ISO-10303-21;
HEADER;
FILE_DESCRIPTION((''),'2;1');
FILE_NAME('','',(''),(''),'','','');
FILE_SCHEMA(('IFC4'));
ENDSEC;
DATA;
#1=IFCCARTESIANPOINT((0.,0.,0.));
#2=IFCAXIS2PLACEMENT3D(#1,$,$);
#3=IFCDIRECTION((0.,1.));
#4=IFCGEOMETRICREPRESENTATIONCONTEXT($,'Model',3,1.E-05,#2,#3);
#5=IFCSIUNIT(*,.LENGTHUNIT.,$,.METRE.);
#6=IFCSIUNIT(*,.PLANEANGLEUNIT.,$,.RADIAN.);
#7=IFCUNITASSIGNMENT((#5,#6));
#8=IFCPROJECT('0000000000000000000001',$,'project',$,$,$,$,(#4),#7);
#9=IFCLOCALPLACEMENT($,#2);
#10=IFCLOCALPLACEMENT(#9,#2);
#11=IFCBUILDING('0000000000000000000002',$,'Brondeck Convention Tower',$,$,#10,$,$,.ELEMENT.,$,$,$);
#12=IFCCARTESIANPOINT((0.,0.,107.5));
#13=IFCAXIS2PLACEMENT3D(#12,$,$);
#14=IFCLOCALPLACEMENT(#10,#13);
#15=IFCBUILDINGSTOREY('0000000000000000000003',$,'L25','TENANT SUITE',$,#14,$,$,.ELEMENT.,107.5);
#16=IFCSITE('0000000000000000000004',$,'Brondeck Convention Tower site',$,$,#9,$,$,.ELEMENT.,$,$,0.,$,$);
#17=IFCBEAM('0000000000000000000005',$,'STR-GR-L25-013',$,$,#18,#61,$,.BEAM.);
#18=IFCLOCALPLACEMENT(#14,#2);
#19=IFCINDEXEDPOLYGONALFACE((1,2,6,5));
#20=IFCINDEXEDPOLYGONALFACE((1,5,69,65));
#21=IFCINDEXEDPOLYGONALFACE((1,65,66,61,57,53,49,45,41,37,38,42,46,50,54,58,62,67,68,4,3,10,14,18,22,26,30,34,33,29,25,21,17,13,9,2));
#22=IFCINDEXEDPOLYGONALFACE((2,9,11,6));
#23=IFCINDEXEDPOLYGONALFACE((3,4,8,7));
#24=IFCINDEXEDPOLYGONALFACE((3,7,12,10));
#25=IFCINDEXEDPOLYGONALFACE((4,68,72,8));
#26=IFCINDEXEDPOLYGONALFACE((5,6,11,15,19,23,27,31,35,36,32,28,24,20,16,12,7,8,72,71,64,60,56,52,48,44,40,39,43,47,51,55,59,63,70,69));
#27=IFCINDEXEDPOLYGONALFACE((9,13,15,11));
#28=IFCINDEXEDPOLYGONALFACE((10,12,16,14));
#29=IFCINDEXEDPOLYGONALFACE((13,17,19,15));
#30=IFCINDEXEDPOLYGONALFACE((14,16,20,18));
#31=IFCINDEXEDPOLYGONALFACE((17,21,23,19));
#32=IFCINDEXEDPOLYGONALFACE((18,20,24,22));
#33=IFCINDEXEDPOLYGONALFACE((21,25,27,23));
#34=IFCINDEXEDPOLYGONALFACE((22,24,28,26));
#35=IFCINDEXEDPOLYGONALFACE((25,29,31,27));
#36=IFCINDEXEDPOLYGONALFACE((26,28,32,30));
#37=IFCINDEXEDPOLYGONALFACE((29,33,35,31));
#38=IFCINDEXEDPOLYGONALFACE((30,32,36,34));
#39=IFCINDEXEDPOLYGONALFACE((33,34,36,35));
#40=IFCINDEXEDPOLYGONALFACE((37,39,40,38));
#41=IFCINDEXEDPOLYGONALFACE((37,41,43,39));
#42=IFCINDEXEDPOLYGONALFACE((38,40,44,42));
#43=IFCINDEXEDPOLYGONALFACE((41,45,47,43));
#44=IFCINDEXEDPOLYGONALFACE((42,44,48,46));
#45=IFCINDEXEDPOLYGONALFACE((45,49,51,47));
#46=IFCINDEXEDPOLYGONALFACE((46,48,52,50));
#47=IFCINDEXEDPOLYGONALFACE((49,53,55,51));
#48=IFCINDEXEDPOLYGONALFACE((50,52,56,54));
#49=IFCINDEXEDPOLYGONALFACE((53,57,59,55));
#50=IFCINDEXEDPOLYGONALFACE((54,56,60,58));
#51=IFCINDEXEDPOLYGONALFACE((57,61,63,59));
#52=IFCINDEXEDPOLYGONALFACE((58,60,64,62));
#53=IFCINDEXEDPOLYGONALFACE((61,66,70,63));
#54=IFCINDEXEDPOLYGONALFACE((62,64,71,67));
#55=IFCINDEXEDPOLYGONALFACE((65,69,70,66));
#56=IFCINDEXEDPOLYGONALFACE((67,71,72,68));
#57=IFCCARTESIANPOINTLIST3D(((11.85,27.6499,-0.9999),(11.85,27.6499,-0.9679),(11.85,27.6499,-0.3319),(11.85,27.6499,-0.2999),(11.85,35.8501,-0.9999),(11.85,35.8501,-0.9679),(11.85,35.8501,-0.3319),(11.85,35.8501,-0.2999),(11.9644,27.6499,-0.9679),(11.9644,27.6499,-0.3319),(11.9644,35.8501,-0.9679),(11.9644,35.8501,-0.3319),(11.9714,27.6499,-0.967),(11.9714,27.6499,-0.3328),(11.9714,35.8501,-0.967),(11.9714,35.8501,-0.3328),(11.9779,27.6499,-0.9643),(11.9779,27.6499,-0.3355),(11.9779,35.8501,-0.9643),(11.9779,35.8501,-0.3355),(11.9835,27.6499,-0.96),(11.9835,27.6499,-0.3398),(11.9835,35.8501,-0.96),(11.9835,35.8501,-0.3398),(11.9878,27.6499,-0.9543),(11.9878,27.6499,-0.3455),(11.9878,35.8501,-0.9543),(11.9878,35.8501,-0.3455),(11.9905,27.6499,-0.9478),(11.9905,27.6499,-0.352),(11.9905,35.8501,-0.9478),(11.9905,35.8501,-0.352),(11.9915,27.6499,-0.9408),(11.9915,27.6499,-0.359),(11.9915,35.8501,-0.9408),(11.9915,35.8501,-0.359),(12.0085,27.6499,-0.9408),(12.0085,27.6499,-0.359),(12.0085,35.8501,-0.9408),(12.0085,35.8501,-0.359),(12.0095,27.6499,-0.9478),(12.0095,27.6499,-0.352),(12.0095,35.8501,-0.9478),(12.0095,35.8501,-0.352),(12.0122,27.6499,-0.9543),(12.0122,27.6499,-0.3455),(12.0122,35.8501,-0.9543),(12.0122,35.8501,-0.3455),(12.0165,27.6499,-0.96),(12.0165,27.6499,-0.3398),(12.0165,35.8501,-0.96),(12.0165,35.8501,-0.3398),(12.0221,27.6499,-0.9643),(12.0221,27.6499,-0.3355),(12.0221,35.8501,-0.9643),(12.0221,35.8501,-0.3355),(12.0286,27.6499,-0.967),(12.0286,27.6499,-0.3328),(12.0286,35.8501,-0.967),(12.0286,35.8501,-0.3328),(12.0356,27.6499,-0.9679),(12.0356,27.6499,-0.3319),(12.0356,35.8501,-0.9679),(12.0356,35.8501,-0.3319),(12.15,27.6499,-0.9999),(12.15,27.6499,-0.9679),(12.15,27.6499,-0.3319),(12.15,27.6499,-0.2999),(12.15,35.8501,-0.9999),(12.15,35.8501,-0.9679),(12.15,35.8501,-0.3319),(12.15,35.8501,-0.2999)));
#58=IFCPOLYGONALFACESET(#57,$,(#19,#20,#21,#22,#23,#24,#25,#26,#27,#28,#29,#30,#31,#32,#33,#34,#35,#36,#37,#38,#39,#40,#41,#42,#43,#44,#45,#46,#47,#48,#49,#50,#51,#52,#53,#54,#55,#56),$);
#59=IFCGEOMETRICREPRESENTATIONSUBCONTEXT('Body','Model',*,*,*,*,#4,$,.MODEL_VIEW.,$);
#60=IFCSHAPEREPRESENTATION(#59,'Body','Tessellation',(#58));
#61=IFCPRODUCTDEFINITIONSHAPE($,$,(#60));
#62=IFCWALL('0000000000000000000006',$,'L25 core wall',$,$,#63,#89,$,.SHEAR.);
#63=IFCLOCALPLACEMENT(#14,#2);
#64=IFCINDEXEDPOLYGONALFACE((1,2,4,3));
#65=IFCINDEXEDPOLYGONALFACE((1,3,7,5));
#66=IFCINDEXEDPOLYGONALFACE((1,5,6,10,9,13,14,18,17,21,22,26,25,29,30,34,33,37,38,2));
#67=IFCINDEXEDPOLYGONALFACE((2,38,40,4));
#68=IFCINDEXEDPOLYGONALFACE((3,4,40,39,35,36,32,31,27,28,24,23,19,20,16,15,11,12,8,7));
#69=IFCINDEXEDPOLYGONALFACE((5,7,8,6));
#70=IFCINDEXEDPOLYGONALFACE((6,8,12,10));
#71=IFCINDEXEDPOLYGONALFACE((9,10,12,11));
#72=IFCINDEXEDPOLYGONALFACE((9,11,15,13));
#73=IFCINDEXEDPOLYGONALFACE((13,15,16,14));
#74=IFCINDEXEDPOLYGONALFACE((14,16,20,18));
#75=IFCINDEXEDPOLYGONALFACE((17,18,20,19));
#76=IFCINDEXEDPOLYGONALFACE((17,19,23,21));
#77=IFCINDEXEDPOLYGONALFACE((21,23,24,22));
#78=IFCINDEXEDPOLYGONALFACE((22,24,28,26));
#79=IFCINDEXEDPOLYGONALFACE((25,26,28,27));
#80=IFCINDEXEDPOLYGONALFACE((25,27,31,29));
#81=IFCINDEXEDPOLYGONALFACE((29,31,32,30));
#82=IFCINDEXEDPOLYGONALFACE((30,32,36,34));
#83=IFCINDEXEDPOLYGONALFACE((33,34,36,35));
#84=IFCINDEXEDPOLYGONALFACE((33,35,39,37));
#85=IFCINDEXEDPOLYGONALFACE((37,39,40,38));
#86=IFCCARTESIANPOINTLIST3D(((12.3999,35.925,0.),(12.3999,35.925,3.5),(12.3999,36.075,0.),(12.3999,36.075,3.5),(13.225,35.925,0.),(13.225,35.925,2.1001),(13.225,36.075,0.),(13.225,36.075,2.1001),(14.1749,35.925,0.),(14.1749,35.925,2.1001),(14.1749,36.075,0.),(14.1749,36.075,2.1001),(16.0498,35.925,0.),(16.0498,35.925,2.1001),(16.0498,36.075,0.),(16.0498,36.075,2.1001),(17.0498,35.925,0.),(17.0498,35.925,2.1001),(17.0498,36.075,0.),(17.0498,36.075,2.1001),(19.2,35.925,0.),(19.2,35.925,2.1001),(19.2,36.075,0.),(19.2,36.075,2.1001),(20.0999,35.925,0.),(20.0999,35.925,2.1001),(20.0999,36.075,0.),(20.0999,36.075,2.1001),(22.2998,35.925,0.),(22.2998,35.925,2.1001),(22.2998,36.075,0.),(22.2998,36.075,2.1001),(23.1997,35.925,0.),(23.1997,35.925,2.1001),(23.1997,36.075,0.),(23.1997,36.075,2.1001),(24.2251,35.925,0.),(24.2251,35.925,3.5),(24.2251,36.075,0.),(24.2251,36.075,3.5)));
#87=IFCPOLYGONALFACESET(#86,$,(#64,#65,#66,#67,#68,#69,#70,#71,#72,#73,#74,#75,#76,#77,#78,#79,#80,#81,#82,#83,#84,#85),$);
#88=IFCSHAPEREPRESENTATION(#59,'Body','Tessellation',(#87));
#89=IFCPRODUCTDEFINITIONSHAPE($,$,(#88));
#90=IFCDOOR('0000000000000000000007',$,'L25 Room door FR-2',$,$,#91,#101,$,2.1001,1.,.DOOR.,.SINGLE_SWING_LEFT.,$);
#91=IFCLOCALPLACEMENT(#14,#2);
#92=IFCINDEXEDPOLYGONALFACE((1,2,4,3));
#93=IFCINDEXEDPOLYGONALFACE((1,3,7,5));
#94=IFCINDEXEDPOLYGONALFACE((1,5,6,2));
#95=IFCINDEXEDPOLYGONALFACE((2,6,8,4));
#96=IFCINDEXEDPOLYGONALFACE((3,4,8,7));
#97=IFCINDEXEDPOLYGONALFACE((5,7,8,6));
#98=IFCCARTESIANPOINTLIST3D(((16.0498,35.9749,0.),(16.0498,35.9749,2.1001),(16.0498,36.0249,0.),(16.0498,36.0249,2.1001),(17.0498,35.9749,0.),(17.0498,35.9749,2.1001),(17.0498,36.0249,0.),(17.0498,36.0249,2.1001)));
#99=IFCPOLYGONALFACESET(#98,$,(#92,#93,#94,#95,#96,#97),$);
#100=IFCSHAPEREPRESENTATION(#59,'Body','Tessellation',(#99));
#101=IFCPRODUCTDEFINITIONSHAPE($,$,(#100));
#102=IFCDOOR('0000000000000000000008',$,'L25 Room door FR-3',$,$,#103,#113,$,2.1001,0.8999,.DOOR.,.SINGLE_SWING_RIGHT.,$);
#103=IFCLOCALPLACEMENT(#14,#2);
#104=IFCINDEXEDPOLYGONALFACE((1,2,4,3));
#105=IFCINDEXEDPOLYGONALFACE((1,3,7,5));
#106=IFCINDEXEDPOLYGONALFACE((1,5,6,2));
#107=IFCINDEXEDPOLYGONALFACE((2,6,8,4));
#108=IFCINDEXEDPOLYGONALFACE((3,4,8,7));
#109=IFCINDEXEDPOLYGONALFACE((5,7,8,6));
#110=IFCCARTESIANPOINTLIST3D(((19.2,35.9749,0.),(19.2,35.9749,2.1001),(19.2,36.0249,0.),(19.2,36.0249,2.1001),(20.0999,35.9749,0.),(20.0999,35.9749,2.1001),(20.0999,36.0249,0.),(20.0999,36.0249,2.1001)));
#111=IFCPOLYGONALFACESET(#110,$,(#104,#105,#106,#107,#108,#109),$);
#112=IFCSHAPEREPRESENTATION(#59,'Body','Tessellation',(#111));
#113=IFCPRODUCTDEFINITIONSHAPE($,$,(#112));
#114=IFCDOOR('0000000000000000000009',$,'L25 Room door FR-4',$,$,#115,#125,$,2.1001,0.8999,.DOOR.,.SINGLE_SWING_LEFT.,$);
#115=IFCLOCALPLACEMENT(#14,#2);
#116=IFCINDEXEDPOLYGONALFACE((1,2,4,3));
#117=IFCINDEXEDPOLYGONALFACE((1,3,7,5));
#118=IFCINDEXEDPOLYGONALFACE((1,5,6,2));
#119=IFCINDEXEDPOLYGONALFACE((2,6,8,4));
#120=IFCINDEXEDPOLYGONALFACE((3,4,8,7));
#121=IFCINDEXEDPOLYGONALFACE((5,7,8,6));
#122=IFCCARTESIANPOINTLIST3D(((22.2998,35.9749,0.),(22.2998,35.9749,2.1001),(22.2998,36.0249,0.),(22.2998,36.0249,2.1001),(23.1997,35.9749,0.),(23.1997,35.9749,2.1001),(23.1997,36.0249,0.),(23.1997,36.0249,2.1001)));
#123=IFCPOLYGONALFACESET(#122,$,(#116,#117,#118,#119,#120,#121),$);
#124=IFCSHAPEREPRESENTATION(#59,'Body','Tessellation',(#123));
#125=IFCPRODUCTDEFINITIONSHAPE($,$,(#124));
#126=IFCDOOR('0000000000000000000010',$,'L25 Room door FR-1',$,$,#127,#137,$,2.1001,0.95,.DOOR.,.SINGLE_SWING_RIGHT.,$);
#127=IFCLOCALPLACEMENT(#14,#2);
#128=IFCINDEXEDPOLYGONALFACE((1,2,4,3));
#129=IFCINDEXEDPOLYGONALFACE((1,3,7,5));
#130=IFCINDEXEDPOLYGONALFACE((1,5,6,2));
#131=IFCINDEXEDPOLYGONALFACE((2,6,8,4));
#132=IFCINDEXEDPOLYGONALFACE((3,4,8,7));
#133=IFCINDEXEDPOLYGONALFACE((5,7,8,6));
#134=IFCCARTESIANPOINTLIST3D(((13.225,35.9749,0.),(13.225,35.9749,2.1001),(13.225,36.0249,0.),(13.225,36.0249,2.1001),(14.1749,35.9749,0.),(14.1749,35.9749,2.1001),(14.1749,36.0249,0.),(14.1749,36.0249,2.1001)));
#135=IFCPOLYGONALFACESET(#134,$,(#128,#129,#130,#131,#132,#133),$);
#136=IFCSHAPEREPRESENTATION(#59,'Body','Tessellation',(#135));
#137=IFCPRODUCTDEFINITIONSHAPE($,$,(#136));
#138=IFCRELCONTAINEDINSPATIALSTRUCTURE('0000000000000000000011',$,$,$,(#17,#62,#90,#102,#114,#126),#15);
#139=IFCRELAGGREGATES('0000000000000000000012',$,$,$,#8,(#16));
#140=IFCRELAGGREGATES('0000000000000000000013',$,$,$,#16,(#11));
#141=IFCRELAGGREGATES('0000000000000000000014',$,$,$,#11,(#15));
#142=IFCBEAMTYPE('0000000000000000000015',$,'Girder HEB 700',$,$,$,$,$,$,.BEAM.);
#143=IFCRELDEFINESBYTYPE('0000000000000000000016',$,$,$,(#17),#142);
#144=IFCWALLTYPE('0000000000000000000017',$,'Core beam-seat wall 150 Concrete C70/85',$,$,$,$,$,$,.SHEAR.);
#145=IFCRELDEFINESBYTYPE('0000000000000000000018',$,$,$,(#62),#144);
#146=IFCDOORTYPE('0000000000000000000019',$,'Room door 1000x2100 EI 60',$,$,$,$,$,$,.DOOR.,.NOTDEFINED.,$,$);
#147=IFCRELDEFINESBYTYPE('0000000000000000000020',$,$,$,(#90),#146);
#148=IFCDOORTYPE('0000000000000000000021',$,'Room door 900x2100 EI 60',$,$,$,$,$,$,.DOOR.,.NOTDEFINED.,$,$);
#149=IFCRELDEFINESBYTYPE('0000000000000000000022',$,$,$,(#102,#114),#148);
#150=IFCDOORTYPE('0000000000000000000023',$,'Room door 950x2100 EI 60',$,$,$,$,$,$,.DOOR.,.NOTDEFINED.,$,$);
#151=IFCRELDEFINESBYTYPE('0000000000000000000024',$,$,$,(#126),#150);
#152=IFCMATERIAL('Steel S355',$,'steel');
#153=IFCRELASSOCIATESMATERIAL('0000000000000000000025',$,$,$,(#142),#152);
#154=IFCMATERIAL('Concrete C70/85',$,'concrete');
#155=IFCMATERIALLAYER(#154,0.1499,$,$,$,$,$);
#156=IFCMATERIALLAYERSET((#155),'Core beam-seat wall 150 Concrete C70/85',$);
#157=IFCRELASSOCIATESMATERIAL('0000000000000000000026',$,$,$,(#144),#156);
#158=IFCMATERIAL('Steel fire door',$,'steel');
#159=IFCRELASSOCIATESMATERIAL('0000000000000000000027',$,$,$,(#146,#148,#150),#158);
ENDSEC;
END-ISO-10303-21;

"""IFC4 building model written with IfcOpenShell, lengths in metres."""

from ifc_helpers import new_model, si_unit, direction, frame, frame_2d, origin, origin_2d, place, context, subcontext, project, spatial, rectangle, i_section, extrude, material, layer, layer_set, material_profile, profile_set, type_object, element, fill, save


model = new_model("IFC4")

# Units and contexts
model_context = context("Model", 3, precision=1e-05, world=origin(), true_north=direction((0.0, 1.0)))
body_context = subcontext(model_context, "Body", "Model", "MODEL_VIEW")
ifc_project = project(units=[si_unit("LENGTHUNIT", "METRE"), si_unit("PLANEANGLEUNIT", "RADIAN")], contexts=[model_context])

# Site, building, storey
site_placement = place(None, origin())
site = spatial("IfcSite", under=ifc_project, at=site_placement, Name="Brondeck Convention Tower site", CompositionType="ELEMENT", RefElevation=0.0)
building_placement = place(site_placement, origin())
building = spatial("IfcBuilding", under=site, at=building_placement, Name="Brondeck Convention Tower", CompositionType="ELEMENT")
storey_placement = place(building_placement, frame((0.0, 0.0, 107.5)))
storey = spatial("IfcBuildingStorey", under=building, at=storey_placement, Name="L25", Description="TENANT SUITE", CompositionType="ELEMENT", Elevation=107.5)

# Beam
ifc_material_1 = material(Name="Steel S355", Category="steel")
ifc_material_profile = material_profile(ifc_material_1, i_section(OverallWidth=0.3, OverallDepth=0.7, WebThickness=0.0171, FlangeThickness=0.032, FilletRadius=0.0271, at=origin_2d()), Name="HEB 700")
ifc_profile_set = profile_set([ifc_material_profile], Name="Steel S355")
beam_type = type_object("IfcBeamType", Name="Girder HEB 700", PredefinedType="BEAM", material=ifc_profile_set)
beam_placement = place(storey_placement, frame((12.0, 35.8501, -0.6499), z_axis=(0.0, -1.0, 0.0), x_axis=(1.0, 0.0, 0.0)))
element("IfcBeam", 1, at=beam_placement, inside=storey, type_object=beam_type, Name="STR-GR-L25-013", PredefinedType="BEAM", context=body_context, shape_type="SweptSolid", body=[
    extrude(i_section(OverallWidth=0.3, OverallDepth=0.7, WebThickness=0.0171, FlangeThickness=0.032, FilletRadius=0.0271, at=origin_2d()), origin(), (0.0, 0.0, 1.0), 8.2002),
])

# Wall, openings, doors
ifc_material_2 = material(Name="Concrete C70/85", Category="concrete")
ifc_layer_1 = layer(ifc_material_2, 0.1499)
ifc_layer_set_1 = layer_set([ifc_layer_1], Name="Core beam-seat wall 150 Concrete C70/85")
wall_type_1 = type_object("IfcWallType", Name="Core beam-seat wall 150 Concrete C70/85", PredefinedType="SHEAR", material=ifc_layer_set_1)
wall_1_placement = place(storey_placement, frame((12.3999, 36.0, 0.0), z_axis=(0.0, 0.0, 1.0), x_axis=(1.0, 0.0, 0.0)))
wall_1 = element("IfcWall", 2, at=wall_1_placement, inside=storey, type_object=wall_type_1, Name="L25 core wall", PredefinedType="SHEAR", context=body_context, shape_type="SweptSolid", body=[
    extrude(rectangle(XDim=11.8252, YDim=0.1499, at=frame_2d((5.9126, 0.0))), origin(), (0.0, 0.0, 1.0), 3.5),
])
opening_1_placement = place(wall_1_placement, frame((0.825, 0.0, 0.0)))
opening_1 = element("IfcOpeningElement", 3, at=opening_1_placement, cuts=wall_1, PredefinedType="OPENING", context=body_context, shape_type="SweptSolid", body=[
    extrude(rectangle(XDim=0.95, YDim=2.1001, at=frame_2d((0.4751, 1.05))), frame((0.0, 0.085, 0.0), z_axis=(0.0, -1.0, 0.0), x_axis=(1.0, 0.0, 0.0)), (0.0, 0.0, 1.0), 0.1699),
])
opening_2_placement = place(wall_1_placement, frame((3.6499, 0.0, 0.0)))
opening_2 = element("IfcOpeningElement", 4, at=opening_2_placement, cuts=wall_1, PredefinedType="OPENING", context=body_context, shape_type="SweptSolid", body=[
    extrude(rectangle(XDim=1.0, YDim=2.1001, at=frame_2d((0.5, 1.05))), frame((0.0, 0.085, 0.0), z_axis=(0.0, -1.0, 0.0), x_axis=(1.0, 0.0, 0.0)), (0.0, 0.0, 1.0), 0.1699),
])
opening_3_placement = place(wall_1_placement, frame((6.8, 0.0, 0.0)))
opening_3 = element("IfcOpeningElement", 5, at=opening_3_placement, cuts=wall_1, PredefinedType="OPENING", context=body_context, shape_type="SweptSolid", body=[
    extrude(rectangle(XDim=0.8999, YDim=2.1001, at=frame_2d((0.45, 1.05))), frame((0.0, 0.085, 0.0), z_axis=(0.0, -1.0, 0.0), x_axis=(1.0, 0.0, 0.0)), (0.0, 0.0, 1.0), 0.1699),
])
opening_4_placement = place(wall_1_placement, frame((9.8999, 0.0, 0.0)))
opening_4 = element("IfcOpeningElement", 6, at=opening_4_placement, cuts=wall_1, PredefinedType="OPENING", context=body_context, shape_type="SweptSolid", body=[
    extrude(rectangle(XDim=0.8999, YDim=2.1001, at=frame_2d((0.45, 1.05))), frame((0.0, 0.085, 0.0), z_axis=(0.0, -1.0, 0.0), x_axis=(1.0, 0.0, 0.0)), (0.0, 0.0, 1.0), 0.1699),
])
ifc_material_3 = material(Name="Steel fire door", Category="steel")
door_type_1 = type_object("IfcDoorType", Name="Room door 1000x2100 EI 60", OperationType="NOTDEFINED", PredefinedType="DOOR", material=ifc_material_3)
door_1_placement = place(opening_2_placement, origin())
door_1 = element("IfcDoor", 7, at=door_1_placement, inside=storey, type_object=door_type_1, Name="L25 Room door FR-2", OperationType="SINGLE_SWING_LEFT", OverallHeight=2.1001, OverallWidth=1.0, PredefinedType="DOOR", context=body_context, shape_type="SweptSolid", body=[
    extrude(rectangle(XDim=1.0, YDim=2.1001, at=frame_2d((0.5, 1.05))), frame((0.0, 0.0249, 0.0), z_axis=(0.0, -1.0, 0.0), x_axis=(1.0, 0.0, 0.0)), (0.0, 0.0, 1.0), 0.05),
])
fill(opening_2, door_1)
door_type_2 = type_object("IfcDoorType", Name="Room door 900x2100 EI 60", OperationType="NOTDEFINED", PredefinedType="DOOR", material=ifc_material_3)
door_2_placement = place(opening_3_placement, origin())
door_2 = element("IfcDoor", 8, at=door_2_placement, inside=storey, type_object=door_type_2, Name="L25 Room door FR-3", OperationType="SINGLE_SWING_RIGHT", OverallHeight=2.1001, OverallWidth=0.8999, PredefinedType="DOOR", context=body_context, shape_type="SweptSolid", body=[
    extrude(rectangle(XDim=0.8999, YDim=2.1001, at=frame_2d((0.45, 1.05))), frame((0.0, 0.0249, 0.0), z_axis=(0.0, -1.0, 0.0), x_axis=(1.0, 0.0, 0.0)), (0.0, 0.0, 1.0), 0.05),
])
fill(opening_3, door_2)
door_3_placement = place(opening_4_placement, origin())
door_3 = element("IfcDoor", 9, at=door_3_placement, inside=storey, type_object=door_type_2, Name="L25 Room door FR-4", OperationType="SINGLE_SWING_LEFT", OverallHeight=2.1001, OverallWidth=0.8999, PredefinedType="DOOR", context=body_context, shape_type="SweptSolid", body=[
    extrude(rectangle(XDim=0.8999, YDim=2.1001, at=frame_2d((0.45, 1.05))), frame((0.0, 0.0249, 0.0), z_axis=(0.0, -1.0, 0.0), x_axis=(1.0, 0.0, 0.0)), (0.0, 0.0, 1.0), 0.05),
])
fill(opening_4, door_3)
door_type_3 = type_object("IfcDoorType", Name="Room door 950x2100 EI 60", OperationType="NOTDEFINED", PredefinedType="DOOR", material=ifc_material_3)
door_4_placement = place(opening_1_placement, origin())
door_4 = element("IfcDoor", 10, at=door_4_placement, inside=storey, type_object=door_type_3, Name="L25 Room door FR-1", OperationType="SINGLE_SWING_RIGHT", OverallHeight=2.1001, OverallWidth=0.95, PredefinedType="DOOR", context=body_context, shape_type="SweptSolid", body=[
    extrude(rectangle(XDim=0.95, YDim=2.1001, at=frame_2d((0.4751, 1.05))), frame((0.0, 0.0249, 0.0), z_axis=(0.0, -1.0, 0.0), x_axis=(1.0, 0.0, 0.0)), (0.0, 0.0, 1.0), 0.05),
])
fill(opening_1, door_4)

save(model, "model.ifc")
